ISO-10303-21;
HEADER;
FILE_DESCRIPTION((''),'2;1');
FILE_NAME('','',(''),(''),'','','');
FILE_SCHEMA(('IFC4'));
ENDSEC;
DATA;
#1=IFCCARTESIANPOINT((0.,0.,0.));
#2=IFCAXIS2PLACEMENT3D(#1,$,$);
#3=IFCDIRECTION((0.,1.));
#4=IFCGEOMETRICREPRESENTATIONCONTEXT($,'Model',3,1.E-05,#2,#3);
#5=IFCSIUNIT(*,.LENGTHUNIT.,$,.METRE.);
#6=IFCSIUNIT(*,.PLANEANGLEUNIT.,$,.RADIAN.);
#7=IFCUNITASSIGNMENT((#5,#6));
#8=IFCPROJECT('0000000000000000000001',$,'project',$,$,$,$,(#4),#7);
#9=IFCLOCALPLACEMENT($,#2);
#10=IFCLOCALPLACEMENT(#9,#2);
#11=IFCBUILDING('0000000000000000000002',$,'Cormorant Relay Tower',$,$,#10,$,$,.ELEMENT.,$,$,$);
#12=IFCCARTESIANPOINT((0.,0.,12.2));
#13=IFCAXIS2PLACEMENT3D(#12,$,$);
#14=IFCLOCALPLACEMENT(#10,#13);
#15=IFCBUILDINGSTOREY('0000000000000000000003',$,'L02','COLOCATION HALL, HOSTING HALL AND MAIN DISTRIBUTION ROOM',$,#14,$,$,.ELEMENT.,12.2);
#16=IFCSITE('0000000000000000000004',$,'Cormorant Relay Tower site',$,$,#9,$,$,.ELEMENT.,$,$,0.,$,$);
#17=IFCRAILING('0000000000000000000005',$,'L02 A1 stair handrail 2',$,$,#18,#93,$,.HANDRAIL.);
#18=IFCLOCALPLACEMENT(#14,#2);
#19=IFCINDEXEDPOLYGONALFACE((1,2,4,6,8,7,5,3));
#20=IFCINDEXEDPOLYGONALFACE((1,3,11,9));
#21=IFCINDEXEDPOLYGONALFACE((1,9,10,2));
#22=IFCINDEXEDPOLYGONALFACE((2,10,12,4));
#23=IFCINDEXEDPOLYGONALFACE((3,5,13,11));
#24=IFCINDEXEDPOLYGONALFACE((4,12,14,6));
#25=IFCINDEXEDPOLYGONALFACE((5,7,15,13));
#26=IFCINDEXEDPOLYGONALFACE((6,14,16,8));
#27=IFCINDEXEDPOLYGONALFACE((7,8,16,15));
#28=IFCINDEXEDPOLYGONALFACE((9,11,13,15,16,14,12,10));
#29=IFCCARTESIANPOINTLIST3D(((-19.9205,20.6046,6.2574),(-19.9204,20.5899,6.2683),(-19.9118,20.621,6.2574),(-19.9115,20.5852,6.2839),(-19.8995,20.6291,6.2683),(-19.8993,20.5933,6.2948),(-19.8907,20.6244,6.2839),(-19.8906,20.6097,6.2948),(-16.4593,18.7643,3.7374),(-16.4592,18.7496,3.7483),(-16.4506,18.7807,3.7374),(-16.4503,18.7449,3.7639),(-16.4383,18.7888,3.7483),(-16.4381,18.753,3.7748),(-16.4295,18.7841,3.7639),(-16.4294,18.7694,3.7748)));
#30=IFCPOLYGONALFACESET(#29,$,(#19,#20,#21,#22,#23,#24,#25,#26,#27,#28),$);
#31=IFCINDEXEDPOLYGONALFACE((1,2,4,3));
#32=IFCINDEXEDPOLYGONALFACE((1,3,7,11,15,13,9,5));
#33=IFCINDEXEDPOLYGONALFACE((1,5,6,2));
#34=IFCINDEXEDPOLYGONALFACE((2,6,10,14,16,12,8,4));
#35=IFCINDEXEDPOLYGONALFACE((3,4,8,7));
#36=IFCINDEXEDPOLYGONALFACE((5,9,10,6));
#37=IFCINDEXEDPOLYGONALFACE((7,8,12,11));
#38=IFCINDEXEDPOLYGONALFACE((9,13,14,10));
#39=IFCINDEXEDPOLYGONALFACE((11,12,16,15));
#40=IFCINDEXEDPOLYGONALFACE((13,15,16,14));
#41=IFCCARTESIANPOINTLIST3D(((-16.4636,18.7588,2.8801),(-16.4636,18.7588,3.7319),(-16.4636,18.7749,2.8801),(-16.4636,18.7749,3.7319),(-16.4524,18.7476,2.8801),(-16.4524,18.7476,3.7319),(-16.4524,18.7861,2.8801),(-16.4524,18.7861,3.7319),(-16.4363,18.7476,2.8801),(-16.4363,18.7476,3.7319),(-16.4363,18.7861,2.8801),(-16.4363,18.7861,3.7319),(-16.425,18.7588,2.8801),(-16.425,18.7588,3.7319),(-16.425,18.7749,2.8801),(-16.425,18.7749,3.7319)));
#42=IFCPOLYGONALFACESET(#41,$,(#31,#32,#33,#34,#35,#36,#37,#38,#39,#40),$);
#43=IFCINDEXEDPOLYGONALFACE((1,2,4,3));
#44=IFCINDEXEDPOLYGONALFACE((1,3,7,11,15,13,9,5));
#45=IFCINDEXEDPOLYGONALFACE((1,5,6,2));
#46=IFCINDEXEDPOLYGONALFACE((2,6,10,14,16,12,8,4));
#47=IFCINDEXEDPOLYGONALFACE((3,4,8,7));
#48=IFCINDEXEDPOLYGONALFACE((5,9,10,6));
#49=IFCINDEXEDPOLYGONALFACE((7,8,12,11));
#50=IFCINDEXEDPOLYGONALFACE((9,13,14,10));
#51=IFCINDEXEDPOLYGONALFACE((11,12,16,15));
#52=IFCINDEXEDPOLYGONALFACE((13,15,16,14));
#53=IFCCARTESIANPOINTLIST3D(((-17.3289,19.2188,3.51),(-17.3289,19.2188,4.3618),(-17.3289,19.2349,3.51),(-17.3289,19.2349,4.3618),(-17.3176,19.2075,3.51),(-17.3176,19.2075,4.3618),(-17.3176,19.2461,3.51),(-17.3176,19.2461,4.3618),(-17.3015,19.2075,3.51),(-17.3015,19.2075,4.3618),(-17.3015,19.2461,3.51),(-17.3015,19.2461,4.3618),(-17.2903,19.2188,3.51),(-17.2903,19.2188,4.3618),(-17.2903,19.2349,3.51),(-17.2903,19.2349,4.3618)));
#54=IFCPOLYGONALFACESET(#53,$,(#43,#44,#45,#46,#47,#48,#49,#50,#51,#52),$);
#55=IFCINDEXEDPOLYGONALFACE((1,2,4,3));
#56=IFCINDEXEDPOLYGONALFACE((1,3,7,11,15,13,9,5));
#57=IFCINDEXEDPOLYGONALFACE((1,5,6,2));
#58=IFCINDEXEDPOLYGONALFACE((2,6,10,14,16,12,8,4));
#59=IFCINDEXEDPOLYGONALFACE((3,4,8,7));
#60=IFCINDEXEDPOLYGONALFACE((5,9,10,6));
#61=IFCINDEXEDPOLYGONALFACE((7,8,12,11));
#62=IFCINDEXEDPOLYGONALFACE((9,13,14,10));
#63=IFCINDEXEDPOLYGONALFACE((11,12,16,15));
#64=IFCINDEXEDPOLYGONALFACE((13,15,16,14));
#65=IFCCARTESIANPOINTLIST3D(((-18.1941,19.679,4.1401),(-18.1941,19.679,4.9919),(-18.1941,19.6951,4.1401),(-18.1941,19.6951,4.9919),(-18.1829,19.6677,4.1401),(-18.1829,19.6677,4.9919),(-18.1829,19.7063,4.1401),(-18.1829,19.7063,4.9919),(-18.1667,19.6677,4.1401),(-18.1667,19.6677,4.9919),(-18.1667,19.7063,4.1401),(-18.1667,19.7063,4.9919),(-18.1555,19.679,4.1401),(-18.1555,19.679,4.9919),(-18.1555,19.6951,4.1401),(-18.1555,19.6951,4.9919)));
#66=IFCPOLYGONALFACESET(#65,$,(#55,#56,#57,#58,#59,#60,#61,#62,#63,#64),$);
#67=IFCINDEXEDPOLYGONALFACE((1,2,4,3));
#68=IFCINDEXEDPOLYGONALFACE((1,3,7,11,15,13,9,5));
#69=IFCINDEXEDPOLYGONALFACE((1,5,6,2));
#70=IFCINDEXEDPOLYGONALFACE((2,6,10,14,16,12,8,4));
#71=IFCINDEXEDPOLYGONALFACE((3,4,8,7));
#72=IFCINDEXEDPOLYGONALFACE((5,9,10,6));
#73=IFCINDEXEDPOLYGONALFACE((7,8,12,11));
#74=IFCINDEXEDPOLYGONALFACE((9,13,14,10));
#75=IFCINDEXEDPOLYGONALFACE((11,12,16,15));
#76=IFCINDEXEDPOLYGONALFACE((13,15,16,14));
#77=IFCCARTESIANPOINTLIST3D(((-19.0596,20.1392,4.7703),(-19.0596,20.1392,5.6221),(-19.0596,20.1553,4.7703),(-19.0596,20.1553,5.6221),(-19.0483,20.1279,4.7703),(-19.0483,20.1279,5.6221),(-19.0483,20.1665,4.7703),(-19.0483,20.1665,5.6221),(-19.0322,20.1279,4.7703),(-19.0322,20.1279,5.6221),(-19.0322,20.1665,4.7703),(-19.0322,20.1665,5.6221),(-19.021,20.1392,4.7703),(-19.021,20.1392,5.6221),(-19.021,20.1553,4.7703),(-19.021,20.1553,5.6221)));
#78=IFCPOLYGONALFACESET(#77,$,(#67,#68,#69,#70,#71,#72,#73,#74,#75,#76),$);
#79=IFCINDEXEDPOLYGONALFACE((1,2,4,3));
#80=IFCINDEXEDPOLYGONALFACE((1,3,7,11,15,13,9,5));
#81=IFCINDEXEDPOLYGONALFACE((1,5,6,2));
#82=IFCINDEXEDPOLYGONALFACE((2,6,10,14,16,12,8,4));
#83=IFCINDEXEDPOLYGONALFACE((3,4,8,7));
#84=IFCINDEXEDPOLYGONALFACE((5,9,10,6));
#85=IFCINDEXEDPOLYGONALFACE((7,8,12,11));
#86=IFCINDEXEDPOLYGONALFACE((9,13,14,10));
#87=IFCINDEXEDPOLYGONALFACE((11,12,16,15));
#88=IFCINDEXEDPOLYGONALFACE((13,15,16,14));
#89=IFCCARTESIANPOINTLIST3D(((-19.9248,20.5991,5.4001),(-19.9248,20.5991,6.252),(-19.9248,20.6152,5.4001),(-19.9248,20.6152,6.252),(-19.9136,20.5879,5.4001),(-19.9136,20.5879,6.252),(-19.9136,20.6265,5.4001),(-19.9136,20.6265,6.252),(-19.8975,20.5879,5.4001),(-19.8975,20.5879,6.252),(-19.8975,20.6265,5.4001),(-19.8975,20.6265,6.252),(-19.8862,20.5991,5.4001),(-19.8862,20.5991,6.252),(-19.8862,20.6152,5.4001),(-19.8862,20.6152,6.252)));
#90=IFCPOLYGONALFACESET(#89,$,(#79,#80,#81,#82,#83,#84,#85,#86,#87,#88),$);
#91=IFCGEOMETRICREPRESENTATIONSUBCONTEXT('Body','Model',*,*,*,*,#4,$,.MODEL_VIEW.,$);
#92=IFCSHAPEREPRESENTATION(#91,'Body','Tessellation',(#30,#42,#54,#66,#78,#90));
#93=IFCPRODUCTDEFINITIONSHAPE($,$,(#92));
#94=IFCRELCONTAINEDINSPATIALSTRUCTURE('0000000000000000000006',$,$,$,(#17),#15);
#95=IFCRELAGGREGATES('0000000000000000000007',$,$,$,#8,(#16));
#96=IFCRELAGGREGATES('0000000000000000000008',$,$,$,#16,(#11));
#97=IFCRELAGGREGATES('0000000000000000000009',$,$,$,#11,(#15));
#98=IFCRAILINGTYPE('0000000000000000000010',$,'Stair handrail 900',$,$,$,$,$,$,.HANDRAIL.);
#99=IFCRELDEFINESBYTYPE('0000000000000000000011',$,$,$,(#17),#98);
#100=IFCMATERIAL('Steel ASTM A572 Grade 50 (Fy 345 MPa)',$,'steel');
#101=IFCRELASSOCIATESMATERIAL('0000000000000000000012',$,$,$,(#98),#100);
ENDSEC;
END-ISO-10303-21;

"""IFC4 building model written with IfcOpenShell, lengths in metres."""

from ifc_helpers import new_model, si_unit, direction, frame, origin, place, context, subcontext, project, spatial, polyline, outline, extrude, material, type_object, element, save


model = new_model("IFC4")

# Units and contexts
model_context = context("Model", 3, precision=1e-05, world=origin(), true_north=direction((0.0, 1.0)))
body_context = subcontext(model_context, "Body", "Model", "MODEL_VIEW")
ifc_project = project(units=[si_unit("LENGTHUNIT", "METRE"), si_unit("PLANEANGLEUNIT", "RADIAN")], contexts=[model_context])

# Site, building, storey
site_placement = place(None, origin())
site = spatial("IfcSite", under=ifc_project, at=site_placement, Name="Cormorant Relay Tower site", CompositionType="ELEMENT", RefElevation=0.0)
building_placement = place(site_placement, origin())
building = spatial("IfcBuilding", under=site, at=building_placement, Name="Cormorant Relay Tower", CompositionType="ELEMENT")
storey_placement = place(building_placement, frame((0.0, 0.0, 12.2)))
storey = spatial("IfcBuildingStorey", under=building, at=storey_placement, Name="L02", Description="COLOCATION HALL, HOSTING HALL AND MAIN DISTRIBUTION ROOM", CompositionType="ELEMENT", Elevation=12.2)

# Railing
ifc_material_1 = material(Name="Steel ASTM A572 Grade 50 (Fy 345 MPa)", Category="steel")
railing_type_1 = type_object("IfcRailingType", Name="Stair handrail 900", PredefinedType="HANDRAIL", material=ifc_material_1)
railing_1_placement = place(storey_placement, frame((-16.4443, 18.7668, 2.8801)))
element("IfcRailing", 1, at=railing_1_placement, inside=storey, type_object=railing_type_1, Name="L02 A1 stair handrail 2", PredefinedType="HANDRAIL", context=body_context, shape_type="SweptSolid", body=[
    extrude(outline(polyline([(0.0222, 0.0093), (0.0093, 0.0222), (-0.0093, 0.0222), (-0.0222, 0.0093), (-0.0222, -0.0093), (-0.0093, -0.0222), (0.0093, -0.0222), (0.0222, -0.0093), (0.0222, 0.0093)])), frame((0.0, 0.0, 0.876), z_axis=(-0.742717, 0.394907, 0.540758), x_axis=(-0.469469, -0.882949, 0.0)), (0.0, 0.0, 1.0), 4.6602),
    extrude(outline(polyline([(0.0193, 0.0081), (0.0081, 0.0193), (-0.0081, 0.0193), (-0.0193, 0.0081), (-0.0193, -0.0081), (-0.0081, -0.0193), (0.0081, -0.0193), (0.0193, -0.0081), (0.0193, 0.0081)])), origin(), (0.0, 0.0, 1.0), 0.8518),
    extrude(outline(polyline([(0.0193, 0.0081), (0.0081, 0.0193), (-0.0081, 0.0193), (-0.0193, 0.0081), (-0.0193, -0.0081), (-0.0081, -0.0193), (0.0081, -0.0193), (0.0193, -0.0081), (0.0193, 0.0081)])), frame((-0.8652, 0.46, 0.6299)), (0.0, 0.0, 1.0), 0.8518),
    extrude(outline(polyline([(0.0193, 0.0081), (0.0081, 0.0193), (-0.0081, 0.0193), (-0.0193, 0.0081), (-0.0193, -0.0081), (-0.0081, -0.0193), (0.0081, -0.0193), (0.0193, -0.0081), (0.0193, 0.0081)])), frame((-1.7305, 0.9202, 1.26)), (0.0, 0.0, 1.0), 0.8518),
    extrude(outline(polyline([(0.0193, 0.0081), (0.0081, 0.0193), (-0.0081, 0.0193), (-0.0193, 0.0081), (-0.0193, -0.0081), (-0.0081, -0.0193), (0.0081, -0.0193), (0.0193, -0.0081), (0.0193, 0.0081)])), frame((-2.5959, 1.3804, 1.8901)), (0.0, 0.0, 1.0), 0.8518),
    extrude(outline(polyline([(0.0193, 0.0081), (0.0081, 0.0193), (-0.0081, 0.0193), (-0.0193, 0.0081), (-0.0193, -0.0081), (-0.0081, -0.0193), (0.0081, -0.0193), (0.0193, -0.0081), (0.0193, 0.0081)])), frame((-3.4612, 1.8403, 2.52)), (0.0, 0.0, 1.0), 0.8518),
])

save(model, "model.ifc")
